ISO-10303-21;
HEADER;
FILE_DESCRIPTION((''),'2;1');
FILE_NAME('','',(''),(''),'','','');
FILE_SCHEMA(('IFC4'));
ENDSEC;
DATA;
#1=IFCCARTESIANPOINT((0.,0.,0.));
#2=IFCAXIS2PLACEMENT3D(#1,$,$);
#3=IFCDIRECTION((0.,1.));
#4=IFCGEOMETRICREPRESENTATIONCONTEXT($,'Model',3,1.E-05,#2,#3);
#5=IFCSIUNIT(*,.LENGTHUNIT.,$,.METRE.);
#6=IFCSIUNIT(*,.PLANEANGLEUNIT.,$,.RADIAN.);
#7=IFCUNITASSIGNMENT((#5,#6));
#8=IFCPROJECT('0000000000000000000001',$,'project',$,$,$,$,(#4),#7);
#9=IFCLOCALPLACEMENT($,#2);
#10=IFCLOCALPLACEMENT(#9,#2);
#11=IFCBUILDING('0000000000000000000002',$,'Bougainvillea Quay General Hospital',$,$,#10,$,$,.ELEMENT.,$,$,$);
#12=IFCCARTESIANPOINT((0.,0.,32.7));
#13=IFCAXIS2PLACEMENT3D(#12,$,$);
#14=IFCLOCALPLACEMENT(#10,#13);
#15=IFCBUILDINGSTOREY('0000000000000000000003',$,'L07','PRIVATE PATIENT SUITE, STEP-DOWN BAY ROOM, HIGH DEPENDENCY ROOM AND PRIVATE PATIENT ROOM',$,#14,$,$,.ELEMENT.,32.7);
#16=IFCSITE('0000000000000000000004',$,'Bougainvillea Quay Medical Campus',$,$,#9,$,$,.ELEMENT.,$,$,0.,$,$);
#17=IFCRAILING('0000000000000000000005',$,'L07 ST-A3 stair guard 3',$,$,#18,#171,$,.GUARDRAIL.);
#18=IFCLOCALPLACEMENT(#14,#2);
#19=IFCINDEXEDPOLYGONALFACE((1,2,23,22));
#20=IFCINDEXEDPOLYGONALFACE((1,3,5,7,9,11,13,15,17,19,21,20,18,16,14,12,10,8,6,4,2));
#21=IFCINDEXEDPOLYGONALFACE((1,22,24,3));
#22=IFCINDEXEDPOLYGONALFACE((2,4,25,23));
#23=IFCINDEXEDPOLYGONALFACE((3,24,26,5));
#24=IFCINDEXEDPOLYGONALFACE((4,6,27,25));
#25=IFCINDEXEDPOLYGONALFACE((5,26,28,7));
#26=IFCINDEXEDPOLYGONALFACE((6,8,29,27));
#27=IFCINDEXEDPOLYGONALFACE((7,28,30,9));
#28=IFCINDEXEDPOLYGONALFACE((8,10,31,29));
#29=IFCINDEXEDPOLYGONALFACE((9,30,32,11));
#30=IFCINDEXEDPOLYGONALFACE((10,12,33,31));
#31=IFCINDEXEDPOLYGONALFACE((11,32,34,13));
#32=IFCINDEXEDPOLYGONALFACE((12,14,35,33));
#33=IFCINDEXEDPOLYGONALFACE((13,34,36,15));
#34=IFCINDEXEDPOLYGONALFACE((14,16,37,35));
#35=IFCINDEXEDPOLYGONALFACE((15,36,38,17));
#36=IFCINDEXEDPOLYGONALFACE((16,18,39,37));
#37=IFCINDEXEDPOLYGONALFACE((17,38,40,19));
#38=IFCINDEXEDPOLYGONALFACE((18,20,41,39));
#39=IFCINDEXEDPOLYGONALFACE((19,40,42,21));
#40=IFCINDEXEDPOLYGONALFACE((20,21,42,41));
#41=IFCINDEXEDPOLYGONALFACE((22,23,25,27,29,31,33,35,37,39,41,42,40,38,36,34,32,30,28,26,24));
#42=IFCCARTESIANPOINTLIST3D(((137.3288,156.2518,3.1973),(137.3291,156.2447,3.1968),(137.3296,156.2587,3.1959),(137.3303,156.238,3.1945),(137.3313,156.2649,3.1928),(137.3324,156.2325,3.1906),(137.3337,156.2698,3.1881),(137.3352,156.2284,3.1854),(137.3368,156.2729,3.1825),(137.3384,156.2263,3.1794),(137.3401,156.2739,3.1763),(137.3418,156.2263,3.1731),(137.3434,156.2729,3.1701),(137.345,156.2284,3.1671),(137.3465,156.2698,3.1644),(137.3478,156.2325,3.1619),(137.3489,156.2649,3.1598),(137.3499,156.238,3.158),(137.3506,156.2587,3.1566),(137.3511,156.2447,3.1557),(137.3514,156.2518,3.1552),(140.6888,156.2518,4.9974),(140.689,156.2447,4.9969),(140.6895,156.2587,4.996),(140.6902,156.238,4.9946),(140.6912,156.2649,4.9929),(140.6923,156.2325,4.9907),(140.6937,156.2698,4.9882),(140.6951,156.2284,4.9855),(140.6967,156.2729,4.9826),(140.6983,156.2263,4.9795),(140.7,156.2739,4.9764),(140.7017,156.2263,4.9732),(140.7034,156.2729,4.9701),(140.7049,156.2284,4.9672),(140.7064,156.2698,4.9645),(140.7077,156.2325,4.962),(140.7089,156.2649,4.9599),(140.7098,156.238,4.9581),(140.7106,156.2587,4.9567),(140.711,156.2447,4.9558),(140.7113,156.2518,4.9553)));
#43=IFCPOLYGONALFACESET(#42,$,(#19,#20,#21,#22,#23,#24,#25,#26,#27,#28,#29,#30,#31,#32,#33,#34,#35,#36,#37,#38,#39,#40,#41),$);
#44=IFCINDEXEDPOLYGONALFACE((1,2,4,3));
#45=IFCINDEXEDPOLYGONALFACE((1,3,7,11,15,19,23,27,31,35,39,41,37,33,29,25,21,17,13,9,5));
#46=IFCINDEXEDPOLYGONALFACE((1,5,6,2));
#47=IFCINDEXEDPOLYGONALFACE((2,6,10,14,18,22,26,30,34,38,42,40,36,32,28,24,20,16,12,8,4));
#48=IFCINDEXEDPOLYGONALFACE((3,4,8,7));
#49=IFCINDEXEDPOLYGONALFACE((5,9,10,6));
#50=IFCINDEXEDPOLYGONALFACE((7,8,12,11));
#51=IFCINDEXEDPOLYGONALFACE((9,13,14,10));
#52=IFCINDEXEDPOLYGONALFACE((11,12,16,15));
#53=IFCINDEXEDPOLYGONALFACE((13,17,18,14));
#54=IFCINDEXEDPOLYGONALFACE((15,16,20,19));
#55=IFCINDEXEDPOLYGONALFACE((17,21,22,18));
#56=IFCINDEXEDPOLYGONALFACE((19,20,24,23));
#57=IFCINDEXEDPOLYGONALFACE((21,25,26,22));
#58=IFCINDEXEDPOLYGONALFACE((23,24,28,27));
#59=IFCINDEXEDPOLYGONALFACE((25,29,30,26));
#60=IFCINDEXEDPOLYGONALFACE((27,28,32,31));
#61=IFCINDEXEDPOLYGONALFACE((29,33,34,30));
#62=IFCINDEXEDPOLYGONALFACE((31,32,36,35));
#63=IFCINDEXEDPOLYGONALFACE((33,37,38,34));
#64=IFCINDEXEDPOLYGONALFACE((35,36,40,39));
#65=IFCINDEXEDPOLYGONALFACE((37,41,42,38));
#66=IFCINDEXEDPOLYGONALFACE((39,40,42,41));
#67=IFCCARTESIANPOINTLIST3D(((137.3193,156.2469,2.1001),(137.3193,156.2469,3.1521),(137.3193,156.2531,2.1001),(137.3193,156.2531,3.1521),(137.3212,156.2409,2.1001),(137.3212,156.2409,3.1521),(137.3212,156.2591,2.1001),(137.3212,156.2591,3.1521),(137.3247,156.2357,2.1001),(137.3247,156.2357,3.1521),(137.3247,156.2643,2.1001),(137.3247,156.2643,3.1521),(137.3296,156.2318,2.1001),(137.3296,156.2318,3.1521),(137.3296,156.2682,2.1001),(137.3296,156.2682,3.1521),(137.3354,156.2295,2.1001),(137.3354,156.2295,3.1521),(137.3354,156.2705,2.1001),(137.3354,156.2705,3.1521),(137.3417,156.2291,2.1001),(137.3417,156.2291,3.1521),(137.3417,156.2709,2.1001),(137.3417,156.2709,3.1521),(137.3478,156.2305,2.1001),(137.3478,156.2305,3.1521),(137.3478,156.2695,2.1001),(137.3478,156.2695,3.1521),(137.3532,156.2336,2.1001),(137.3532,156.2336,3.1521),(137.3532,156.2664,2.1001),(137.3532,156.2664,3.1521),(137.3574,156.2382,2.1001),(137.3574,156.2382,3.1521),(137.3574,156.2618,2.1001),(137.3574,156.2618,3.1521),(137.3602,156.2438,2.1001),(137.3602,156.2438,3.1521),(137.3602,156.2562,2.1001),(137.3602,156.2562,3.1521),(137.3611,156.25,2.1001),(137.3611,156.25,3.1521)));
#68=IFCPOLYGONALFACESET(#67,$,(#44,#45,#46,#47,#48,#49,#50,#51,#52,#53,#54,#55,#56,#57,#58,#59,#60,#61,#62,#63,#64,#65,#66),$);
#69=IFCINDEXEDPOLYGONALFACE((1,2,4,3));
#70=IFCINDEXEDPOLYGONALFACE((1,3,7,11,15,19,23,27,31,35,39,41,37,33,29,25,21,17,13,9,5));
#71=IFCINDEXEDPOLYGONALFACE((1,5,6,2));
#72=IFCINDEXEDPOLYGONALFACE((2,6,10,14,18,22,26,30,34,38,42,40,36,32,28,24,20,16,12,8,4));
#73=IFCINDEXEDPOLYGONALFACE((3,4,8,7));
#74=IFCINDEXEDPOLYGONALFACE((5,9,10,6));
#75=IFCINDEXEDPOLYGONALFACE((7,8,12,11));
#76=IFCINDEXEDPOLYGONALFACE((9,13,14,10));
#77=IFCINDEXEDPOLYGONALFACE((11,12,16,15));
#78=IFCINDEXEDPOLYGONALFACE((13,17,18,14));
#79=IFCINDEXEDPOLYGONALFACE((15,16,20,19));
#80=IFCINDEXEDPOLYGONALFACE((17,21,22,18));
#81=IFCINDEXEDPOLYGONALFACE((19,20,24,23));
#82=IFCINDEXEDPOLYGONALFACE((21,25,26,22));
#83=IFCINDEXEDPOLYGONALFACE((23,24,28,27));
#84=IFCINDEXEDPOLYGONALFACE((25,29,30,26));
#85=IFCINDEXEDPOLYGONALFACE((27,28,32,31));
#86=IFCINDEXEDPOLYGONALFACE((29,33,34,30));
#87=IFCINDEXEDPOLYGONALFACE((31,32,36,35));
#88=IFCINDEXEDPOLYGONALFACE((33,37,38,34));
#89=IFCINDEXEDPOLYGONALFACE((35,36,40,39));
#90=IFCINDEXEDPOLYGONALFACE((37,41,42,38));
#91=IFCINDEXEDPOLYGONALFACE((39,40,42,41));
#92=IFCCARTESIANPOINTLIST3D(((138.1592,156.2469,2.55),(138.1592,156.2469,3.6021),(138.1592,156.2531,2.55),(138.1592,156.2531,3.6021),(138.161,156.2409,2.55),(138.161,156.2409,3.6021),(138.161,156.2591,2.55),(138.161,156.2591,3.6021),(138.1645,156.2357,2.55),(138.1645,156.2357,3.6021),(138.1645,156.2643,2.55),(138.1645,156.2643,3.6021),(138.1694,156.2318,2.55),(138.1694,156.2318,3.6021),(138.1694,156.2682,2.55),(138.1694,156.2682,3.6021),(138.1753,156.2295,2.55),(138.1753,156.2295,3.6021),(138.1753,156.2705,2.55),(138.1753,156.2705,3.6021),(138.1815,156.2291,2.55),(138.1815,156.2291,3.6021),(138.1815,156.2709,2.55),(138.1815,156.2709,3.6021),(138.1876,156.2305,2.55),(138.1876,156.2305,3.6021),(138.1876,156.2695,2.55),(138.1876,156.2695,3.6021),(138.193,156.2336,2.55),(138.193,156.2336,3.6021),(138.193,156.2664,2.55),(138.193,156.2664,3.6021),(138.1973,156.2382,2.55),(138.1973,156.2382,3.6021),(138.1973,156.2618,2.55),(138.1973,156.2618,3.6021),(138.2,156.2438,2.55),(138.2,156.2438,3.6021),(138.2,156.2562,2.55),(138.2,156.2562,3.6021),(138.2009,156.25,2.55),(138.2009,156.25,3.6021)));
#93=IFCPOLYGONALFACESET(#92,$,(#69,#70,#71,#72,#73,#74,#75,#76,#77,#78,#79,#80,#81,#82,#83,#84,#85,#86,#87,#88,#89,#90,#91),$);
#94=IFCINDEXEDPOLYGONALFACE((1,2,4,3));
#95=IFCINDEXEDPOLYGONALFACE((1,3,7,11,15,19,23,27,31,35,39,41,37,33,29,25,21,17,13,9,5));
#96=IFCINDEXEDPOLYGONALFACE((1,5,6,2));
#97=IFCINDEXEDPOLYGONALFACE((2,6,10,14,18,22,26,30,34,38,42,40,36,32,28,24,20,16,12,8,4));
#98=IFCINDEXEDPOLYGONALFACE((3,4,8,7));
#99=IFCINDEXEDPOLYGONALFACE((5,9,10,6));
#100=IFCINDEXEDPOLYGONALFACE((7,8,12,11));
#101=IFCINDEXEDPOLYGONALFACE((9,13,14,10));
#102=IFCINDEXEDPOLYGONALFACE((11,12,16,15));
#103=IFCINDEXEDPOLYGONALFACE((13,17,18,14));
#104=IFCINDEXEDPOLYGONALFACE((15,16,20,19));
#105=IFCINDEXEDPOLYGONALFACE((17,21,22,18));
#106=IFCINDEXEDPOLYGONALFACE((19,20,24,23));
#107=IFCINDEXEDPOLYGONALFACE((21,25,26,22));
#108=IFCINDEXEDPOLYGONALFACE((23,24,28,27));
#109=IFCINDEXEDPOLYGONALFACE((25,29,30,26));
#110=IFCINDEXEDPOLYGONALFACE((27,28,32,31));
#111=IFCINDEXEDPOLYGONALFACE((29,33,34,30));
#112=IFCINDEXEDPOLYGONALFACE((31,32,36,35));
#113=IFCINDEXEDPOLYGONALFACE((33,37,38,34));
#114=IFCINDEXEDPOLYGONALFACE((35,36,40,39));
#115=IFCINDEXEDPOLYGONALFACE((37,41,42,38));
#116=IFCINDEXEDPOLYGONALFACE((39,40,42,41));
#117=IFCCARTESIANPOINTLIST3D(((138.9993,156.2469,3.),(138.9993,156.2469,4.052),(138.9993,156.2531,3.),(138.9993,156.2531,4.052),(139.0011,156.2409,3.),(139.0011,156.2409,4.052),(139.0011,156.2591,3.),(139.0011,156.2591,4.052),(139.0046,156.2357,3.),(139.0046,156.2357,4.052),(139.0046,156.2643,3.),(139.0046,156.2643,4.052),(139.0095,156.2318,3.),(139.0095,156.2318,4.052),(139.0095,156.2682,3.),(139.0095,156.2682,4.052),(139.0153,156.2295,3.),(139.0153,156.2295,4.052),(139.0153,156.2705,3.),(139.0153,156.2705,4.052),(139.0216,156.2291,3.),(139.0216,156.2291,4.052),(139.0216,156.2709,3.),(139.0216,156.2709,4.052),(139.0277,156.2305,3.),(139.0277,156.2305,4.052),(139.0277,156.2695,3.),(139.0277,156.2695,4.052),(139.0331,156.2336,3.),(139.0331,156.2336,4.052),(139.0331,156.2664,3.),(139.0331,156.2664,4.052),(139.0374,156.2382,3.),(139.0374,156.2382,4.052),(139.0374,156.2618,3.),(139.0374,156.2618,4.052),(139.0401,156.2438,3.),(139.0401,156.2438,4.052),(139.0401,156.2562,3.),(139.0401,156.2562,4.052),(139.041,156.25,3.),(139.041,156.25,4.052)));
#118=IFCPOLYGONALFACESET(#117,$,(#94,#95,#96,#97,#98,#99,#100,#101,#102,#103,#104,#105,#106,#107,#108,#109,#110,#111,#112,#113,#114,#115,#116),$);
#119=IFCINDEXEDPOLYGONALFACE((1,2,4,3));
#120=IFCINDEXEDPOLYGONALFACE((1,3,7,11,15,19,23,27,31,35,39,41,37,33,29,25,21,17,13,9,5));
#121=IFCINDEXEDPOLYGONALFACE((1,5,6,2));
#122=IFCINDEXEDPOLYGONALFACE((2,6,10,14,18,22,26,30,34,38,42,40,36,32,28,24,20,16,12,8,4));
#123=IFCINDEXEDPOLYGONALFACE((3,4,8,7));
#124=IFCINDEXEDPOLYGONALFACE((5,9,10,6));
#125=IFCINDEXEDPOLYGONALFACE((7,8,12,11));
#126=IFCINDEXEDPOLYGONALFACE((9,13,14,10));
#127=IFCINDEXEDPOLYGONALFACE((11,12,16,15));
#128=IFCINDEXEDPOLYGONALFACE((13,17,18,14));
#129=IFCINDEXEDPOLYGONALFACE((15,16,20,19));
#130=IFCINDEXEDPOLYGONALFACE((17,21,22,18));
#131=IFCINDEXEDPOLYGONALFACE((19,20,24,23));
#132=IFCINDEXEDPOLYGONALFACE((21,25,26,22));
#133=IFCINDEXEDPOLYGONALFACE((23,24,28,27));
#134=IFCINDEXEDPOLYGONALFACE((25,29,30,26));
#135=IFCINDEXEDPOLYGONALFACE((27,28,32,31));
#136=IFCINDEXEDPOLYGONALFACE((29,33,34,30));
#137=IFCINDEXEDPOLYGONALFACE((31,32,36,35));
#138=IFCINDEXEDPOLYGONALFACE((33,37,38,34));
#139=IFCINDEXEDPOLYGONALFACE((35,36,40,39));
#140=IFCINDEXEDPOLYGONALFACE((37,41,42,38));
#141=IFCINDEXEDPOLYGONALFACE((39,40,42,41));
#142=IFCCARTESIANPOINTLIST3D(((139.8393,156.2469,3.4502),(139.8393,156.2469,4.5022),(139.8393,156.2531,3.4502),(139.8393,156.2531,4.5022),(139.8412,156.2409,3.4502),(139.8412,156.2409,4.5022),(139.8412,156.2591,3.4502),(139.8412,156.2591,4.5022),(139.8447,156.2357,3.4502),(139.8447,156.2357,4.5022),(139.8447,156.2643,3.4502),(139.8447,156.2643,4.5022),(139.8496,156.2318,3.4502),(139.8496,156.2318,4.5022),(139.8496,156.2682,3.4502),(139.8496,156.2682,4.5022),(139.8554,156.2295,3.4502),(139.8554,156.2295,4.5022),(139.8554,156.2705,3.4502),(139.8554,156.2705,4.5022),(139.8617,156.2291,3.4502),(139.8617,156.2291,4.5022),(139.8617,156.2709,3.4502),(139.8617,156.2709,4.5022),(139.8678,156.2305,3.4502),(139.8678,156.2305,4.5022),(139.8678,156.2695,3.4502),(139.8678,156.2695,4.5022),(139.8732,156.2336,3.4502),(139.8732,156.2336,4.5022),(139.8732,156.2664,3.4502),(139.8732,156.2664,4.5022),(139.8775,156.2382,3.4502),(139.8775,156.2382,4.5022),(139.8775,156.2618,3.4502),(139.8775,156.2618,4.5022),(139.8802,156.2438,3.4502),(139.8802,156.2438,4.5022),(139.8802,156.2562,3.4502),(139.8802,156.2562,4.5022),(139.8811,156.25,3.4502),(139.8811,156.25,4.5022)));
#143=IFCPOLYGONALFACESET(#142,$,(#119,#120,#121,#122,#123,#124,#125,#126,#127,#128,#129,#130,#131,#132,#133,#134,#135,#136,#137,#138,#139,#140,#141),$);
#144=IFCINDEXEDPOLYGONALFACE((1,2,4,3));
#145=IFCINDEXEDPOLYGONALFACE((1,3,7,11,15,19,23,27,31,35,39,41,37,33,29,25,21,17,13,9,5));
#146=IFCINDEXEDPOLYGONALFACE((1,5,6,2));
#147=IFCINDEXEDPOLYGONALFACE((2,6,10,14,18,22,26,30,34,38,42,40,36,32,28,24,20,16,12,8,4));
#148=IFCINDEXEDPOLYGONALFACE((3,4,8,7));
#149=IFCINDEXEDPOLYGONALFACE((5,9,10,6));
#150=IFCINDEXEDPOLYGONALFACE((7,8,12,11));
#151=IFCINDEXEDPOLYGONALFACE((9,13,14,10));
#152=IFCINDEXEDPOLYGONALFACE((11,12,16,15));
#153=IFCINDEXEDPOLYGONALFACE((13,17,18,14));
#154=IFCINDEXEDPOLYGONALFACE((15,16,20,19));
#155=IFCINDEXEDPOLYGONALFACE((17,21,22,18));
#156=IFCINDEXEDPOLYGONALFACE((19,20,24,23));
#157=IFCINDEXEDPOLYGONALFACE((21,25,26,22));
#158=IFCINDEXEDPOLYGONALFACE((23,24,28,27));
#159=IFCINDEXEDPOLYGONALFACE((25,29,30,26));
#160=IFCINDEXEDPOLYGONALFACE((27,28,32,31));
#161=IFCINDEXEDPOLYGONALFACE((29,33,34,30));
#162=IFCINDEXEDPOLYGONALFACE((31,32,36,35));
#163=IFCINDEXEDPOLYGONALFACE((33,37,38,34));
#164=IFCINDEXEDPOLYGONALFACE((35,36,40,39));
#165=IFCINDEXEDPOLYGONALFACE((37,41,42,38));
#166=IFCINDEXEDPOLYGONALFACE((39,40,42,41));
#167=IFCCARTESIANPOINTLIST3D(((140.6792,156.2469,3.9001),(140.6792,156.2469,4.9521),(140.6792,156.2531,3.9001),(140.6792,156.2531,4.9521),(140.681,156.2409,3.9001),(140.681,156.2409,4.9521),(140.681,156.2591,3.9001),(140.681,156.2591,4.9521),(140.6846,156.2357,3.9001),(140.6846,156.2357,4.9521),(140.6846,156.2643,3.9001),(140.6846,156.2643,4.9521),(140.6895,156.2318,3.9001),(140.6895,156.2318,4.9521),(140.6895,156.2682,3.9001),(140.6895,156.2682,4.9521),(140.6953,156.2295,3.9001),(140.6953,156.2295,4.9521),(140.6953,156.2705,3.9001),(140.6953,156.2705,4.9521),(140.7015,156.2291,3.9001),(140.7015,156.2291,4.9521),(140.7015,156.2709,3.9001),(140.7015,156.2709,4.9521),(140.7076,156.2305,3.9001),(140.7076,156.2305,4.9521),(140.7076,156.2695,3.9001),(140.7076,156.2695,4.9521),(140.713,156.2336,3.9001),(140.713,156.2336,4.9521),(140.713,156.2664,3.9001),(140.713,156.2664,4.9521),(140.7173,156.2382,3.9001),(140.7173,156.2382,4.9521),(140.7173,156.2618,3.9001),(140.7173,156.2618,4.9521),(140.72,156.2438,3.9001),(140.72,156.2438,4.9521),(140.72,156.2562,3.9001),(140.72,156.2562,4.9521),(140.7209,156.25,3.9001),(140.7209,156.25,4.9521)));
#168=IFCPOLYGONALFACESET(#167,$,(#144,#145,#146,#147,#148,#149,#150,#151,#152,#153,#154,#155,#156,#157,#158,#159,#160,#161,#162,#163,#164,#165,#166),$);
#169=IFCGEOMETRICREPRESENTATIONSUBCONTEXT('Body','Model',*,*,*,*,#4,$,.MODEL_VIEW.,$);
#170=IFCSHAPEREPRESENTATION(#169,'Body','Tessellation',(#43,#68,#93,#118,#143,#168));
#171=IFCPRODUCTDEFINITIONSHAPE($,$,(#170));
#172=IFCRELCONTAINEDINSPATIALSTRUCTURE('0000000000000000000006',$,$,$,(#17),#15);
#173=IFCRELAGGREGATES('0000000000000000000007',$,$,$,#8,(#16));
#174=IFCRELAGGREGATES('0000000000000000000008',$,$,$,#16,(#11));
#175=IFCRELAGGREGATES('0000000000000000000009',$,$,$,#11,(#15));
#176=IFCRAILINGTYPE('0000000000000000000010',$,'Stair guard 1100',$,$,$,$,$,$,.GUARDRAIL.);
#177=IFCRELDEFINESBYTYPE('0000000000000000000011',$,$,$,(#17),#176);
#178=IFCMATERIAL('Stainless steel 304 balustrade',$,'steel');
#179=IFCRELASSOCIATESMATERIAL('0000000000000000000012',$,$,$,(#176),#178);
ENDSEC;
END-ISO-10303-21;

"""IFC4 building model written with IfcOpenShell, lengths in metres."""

from ifc_helpers import new_model, si_unit, direction, frame, origin, origin_2d, place, context, subcontext, project, spatial, circle, extrude, material, type_object, element, save


model = new_model("IFC4")

# Units and contexts
model_context = context("Model", 3, precision=1e-05, world=origin(), true_north=direction((0.0, 1.0)))
body_context = subcontext(model_context, "Body", "Model", "MODEL_VIEW")
ifc_project = project(units=[si_unit("LENGTHUNIT", "METRE"), si_unit("PLANEANGLEUNIT", "RADIAN")], contexts=[model_context])

# Site, building, storey
site_placement = place(None, origin())
site = spatial("IfcSite", under=ifc_project, at=site_placement, Name="Bougainvillea Quay Medical Campus", CompositionType="ELEMENT", RefElevation=0.0)
building_placement = place(site_placement, origin())
building = spatial("IfcBuilding", under=site, at=building_placement, Name="Bougainvillea Quay General Hospital", CompositionType="ELEMENT")
storey_placement = place(building_placement, frame((0.0, 0.0, 32.7)))
storey = spatial("IfcBuildingStorey", under=building, at=storey_placement, Name="L07", Description="PRIVATE PATIENT SUITE, STEP-DOWN BAY ROOM, HIGH DEPENDENCY ROOM AND PRIVATE PATIENT ROOM", CompositionType="ELEMENT", Elevation=32.7)

# Railing
ifc_material_1 = material(Name="Stainless steel 304 balustrade", Category="steel")
railing_type_1 = type_object("IfcRailingType", Name="Stair guard 1100", PredefinedType="GUARDRAIL", material=ifc_material_1)
railing_1_placement = place(storey_placement, frame((137.3401, 156.25, 2.1001)))
element("IfcRailing", 1, at=railing_1_placement, inside=storey, type_object=railing_type_1, Name="L07 ST-A3 stair guard 3", PredefinedType="GUARDRAIL", context=body_context, shape_type="SweptSolid", body=[
    extrude(circle(Radius=0.0239, at=origin_2d()), frame((0.0, 0.0, 1.0762), z_axis=(0.881467, 0.0, 0.472246), x_axis=(0.0, 1.0, 0.0)), (0.0, 0.0, 1.0), 3.8118),
    extrude(circle(Radius=0.021, at=origin_2d()), origin(), (0.0, 0.0, 1.0), 1.052),
    extrude(circle(Radius=0.021, at=origin_2d()), frame((0.8398, 0.0, 0.45)), (0.0, 0.0, 1.0), 1.052),
    extrude(circle(Radius=0.021, at=origin_2d()), frame((1.6799, 0.0, 0.8999)), (0.0, 0.0, 1.0), 1.052),
    extrude(circle(Radius=0.021, at=origin_2d()), frame((2.52, 0.0, 1.3501)), (0.0, 0.0, 1.0), 1.052),
    extrude(circle(Radius=0.021, at=origin_2d()), frame((3.3599, 0.0, 1.8)), (0.0, 0.0, 1.0), 1.052),
])

save(model, "model.ifc")
